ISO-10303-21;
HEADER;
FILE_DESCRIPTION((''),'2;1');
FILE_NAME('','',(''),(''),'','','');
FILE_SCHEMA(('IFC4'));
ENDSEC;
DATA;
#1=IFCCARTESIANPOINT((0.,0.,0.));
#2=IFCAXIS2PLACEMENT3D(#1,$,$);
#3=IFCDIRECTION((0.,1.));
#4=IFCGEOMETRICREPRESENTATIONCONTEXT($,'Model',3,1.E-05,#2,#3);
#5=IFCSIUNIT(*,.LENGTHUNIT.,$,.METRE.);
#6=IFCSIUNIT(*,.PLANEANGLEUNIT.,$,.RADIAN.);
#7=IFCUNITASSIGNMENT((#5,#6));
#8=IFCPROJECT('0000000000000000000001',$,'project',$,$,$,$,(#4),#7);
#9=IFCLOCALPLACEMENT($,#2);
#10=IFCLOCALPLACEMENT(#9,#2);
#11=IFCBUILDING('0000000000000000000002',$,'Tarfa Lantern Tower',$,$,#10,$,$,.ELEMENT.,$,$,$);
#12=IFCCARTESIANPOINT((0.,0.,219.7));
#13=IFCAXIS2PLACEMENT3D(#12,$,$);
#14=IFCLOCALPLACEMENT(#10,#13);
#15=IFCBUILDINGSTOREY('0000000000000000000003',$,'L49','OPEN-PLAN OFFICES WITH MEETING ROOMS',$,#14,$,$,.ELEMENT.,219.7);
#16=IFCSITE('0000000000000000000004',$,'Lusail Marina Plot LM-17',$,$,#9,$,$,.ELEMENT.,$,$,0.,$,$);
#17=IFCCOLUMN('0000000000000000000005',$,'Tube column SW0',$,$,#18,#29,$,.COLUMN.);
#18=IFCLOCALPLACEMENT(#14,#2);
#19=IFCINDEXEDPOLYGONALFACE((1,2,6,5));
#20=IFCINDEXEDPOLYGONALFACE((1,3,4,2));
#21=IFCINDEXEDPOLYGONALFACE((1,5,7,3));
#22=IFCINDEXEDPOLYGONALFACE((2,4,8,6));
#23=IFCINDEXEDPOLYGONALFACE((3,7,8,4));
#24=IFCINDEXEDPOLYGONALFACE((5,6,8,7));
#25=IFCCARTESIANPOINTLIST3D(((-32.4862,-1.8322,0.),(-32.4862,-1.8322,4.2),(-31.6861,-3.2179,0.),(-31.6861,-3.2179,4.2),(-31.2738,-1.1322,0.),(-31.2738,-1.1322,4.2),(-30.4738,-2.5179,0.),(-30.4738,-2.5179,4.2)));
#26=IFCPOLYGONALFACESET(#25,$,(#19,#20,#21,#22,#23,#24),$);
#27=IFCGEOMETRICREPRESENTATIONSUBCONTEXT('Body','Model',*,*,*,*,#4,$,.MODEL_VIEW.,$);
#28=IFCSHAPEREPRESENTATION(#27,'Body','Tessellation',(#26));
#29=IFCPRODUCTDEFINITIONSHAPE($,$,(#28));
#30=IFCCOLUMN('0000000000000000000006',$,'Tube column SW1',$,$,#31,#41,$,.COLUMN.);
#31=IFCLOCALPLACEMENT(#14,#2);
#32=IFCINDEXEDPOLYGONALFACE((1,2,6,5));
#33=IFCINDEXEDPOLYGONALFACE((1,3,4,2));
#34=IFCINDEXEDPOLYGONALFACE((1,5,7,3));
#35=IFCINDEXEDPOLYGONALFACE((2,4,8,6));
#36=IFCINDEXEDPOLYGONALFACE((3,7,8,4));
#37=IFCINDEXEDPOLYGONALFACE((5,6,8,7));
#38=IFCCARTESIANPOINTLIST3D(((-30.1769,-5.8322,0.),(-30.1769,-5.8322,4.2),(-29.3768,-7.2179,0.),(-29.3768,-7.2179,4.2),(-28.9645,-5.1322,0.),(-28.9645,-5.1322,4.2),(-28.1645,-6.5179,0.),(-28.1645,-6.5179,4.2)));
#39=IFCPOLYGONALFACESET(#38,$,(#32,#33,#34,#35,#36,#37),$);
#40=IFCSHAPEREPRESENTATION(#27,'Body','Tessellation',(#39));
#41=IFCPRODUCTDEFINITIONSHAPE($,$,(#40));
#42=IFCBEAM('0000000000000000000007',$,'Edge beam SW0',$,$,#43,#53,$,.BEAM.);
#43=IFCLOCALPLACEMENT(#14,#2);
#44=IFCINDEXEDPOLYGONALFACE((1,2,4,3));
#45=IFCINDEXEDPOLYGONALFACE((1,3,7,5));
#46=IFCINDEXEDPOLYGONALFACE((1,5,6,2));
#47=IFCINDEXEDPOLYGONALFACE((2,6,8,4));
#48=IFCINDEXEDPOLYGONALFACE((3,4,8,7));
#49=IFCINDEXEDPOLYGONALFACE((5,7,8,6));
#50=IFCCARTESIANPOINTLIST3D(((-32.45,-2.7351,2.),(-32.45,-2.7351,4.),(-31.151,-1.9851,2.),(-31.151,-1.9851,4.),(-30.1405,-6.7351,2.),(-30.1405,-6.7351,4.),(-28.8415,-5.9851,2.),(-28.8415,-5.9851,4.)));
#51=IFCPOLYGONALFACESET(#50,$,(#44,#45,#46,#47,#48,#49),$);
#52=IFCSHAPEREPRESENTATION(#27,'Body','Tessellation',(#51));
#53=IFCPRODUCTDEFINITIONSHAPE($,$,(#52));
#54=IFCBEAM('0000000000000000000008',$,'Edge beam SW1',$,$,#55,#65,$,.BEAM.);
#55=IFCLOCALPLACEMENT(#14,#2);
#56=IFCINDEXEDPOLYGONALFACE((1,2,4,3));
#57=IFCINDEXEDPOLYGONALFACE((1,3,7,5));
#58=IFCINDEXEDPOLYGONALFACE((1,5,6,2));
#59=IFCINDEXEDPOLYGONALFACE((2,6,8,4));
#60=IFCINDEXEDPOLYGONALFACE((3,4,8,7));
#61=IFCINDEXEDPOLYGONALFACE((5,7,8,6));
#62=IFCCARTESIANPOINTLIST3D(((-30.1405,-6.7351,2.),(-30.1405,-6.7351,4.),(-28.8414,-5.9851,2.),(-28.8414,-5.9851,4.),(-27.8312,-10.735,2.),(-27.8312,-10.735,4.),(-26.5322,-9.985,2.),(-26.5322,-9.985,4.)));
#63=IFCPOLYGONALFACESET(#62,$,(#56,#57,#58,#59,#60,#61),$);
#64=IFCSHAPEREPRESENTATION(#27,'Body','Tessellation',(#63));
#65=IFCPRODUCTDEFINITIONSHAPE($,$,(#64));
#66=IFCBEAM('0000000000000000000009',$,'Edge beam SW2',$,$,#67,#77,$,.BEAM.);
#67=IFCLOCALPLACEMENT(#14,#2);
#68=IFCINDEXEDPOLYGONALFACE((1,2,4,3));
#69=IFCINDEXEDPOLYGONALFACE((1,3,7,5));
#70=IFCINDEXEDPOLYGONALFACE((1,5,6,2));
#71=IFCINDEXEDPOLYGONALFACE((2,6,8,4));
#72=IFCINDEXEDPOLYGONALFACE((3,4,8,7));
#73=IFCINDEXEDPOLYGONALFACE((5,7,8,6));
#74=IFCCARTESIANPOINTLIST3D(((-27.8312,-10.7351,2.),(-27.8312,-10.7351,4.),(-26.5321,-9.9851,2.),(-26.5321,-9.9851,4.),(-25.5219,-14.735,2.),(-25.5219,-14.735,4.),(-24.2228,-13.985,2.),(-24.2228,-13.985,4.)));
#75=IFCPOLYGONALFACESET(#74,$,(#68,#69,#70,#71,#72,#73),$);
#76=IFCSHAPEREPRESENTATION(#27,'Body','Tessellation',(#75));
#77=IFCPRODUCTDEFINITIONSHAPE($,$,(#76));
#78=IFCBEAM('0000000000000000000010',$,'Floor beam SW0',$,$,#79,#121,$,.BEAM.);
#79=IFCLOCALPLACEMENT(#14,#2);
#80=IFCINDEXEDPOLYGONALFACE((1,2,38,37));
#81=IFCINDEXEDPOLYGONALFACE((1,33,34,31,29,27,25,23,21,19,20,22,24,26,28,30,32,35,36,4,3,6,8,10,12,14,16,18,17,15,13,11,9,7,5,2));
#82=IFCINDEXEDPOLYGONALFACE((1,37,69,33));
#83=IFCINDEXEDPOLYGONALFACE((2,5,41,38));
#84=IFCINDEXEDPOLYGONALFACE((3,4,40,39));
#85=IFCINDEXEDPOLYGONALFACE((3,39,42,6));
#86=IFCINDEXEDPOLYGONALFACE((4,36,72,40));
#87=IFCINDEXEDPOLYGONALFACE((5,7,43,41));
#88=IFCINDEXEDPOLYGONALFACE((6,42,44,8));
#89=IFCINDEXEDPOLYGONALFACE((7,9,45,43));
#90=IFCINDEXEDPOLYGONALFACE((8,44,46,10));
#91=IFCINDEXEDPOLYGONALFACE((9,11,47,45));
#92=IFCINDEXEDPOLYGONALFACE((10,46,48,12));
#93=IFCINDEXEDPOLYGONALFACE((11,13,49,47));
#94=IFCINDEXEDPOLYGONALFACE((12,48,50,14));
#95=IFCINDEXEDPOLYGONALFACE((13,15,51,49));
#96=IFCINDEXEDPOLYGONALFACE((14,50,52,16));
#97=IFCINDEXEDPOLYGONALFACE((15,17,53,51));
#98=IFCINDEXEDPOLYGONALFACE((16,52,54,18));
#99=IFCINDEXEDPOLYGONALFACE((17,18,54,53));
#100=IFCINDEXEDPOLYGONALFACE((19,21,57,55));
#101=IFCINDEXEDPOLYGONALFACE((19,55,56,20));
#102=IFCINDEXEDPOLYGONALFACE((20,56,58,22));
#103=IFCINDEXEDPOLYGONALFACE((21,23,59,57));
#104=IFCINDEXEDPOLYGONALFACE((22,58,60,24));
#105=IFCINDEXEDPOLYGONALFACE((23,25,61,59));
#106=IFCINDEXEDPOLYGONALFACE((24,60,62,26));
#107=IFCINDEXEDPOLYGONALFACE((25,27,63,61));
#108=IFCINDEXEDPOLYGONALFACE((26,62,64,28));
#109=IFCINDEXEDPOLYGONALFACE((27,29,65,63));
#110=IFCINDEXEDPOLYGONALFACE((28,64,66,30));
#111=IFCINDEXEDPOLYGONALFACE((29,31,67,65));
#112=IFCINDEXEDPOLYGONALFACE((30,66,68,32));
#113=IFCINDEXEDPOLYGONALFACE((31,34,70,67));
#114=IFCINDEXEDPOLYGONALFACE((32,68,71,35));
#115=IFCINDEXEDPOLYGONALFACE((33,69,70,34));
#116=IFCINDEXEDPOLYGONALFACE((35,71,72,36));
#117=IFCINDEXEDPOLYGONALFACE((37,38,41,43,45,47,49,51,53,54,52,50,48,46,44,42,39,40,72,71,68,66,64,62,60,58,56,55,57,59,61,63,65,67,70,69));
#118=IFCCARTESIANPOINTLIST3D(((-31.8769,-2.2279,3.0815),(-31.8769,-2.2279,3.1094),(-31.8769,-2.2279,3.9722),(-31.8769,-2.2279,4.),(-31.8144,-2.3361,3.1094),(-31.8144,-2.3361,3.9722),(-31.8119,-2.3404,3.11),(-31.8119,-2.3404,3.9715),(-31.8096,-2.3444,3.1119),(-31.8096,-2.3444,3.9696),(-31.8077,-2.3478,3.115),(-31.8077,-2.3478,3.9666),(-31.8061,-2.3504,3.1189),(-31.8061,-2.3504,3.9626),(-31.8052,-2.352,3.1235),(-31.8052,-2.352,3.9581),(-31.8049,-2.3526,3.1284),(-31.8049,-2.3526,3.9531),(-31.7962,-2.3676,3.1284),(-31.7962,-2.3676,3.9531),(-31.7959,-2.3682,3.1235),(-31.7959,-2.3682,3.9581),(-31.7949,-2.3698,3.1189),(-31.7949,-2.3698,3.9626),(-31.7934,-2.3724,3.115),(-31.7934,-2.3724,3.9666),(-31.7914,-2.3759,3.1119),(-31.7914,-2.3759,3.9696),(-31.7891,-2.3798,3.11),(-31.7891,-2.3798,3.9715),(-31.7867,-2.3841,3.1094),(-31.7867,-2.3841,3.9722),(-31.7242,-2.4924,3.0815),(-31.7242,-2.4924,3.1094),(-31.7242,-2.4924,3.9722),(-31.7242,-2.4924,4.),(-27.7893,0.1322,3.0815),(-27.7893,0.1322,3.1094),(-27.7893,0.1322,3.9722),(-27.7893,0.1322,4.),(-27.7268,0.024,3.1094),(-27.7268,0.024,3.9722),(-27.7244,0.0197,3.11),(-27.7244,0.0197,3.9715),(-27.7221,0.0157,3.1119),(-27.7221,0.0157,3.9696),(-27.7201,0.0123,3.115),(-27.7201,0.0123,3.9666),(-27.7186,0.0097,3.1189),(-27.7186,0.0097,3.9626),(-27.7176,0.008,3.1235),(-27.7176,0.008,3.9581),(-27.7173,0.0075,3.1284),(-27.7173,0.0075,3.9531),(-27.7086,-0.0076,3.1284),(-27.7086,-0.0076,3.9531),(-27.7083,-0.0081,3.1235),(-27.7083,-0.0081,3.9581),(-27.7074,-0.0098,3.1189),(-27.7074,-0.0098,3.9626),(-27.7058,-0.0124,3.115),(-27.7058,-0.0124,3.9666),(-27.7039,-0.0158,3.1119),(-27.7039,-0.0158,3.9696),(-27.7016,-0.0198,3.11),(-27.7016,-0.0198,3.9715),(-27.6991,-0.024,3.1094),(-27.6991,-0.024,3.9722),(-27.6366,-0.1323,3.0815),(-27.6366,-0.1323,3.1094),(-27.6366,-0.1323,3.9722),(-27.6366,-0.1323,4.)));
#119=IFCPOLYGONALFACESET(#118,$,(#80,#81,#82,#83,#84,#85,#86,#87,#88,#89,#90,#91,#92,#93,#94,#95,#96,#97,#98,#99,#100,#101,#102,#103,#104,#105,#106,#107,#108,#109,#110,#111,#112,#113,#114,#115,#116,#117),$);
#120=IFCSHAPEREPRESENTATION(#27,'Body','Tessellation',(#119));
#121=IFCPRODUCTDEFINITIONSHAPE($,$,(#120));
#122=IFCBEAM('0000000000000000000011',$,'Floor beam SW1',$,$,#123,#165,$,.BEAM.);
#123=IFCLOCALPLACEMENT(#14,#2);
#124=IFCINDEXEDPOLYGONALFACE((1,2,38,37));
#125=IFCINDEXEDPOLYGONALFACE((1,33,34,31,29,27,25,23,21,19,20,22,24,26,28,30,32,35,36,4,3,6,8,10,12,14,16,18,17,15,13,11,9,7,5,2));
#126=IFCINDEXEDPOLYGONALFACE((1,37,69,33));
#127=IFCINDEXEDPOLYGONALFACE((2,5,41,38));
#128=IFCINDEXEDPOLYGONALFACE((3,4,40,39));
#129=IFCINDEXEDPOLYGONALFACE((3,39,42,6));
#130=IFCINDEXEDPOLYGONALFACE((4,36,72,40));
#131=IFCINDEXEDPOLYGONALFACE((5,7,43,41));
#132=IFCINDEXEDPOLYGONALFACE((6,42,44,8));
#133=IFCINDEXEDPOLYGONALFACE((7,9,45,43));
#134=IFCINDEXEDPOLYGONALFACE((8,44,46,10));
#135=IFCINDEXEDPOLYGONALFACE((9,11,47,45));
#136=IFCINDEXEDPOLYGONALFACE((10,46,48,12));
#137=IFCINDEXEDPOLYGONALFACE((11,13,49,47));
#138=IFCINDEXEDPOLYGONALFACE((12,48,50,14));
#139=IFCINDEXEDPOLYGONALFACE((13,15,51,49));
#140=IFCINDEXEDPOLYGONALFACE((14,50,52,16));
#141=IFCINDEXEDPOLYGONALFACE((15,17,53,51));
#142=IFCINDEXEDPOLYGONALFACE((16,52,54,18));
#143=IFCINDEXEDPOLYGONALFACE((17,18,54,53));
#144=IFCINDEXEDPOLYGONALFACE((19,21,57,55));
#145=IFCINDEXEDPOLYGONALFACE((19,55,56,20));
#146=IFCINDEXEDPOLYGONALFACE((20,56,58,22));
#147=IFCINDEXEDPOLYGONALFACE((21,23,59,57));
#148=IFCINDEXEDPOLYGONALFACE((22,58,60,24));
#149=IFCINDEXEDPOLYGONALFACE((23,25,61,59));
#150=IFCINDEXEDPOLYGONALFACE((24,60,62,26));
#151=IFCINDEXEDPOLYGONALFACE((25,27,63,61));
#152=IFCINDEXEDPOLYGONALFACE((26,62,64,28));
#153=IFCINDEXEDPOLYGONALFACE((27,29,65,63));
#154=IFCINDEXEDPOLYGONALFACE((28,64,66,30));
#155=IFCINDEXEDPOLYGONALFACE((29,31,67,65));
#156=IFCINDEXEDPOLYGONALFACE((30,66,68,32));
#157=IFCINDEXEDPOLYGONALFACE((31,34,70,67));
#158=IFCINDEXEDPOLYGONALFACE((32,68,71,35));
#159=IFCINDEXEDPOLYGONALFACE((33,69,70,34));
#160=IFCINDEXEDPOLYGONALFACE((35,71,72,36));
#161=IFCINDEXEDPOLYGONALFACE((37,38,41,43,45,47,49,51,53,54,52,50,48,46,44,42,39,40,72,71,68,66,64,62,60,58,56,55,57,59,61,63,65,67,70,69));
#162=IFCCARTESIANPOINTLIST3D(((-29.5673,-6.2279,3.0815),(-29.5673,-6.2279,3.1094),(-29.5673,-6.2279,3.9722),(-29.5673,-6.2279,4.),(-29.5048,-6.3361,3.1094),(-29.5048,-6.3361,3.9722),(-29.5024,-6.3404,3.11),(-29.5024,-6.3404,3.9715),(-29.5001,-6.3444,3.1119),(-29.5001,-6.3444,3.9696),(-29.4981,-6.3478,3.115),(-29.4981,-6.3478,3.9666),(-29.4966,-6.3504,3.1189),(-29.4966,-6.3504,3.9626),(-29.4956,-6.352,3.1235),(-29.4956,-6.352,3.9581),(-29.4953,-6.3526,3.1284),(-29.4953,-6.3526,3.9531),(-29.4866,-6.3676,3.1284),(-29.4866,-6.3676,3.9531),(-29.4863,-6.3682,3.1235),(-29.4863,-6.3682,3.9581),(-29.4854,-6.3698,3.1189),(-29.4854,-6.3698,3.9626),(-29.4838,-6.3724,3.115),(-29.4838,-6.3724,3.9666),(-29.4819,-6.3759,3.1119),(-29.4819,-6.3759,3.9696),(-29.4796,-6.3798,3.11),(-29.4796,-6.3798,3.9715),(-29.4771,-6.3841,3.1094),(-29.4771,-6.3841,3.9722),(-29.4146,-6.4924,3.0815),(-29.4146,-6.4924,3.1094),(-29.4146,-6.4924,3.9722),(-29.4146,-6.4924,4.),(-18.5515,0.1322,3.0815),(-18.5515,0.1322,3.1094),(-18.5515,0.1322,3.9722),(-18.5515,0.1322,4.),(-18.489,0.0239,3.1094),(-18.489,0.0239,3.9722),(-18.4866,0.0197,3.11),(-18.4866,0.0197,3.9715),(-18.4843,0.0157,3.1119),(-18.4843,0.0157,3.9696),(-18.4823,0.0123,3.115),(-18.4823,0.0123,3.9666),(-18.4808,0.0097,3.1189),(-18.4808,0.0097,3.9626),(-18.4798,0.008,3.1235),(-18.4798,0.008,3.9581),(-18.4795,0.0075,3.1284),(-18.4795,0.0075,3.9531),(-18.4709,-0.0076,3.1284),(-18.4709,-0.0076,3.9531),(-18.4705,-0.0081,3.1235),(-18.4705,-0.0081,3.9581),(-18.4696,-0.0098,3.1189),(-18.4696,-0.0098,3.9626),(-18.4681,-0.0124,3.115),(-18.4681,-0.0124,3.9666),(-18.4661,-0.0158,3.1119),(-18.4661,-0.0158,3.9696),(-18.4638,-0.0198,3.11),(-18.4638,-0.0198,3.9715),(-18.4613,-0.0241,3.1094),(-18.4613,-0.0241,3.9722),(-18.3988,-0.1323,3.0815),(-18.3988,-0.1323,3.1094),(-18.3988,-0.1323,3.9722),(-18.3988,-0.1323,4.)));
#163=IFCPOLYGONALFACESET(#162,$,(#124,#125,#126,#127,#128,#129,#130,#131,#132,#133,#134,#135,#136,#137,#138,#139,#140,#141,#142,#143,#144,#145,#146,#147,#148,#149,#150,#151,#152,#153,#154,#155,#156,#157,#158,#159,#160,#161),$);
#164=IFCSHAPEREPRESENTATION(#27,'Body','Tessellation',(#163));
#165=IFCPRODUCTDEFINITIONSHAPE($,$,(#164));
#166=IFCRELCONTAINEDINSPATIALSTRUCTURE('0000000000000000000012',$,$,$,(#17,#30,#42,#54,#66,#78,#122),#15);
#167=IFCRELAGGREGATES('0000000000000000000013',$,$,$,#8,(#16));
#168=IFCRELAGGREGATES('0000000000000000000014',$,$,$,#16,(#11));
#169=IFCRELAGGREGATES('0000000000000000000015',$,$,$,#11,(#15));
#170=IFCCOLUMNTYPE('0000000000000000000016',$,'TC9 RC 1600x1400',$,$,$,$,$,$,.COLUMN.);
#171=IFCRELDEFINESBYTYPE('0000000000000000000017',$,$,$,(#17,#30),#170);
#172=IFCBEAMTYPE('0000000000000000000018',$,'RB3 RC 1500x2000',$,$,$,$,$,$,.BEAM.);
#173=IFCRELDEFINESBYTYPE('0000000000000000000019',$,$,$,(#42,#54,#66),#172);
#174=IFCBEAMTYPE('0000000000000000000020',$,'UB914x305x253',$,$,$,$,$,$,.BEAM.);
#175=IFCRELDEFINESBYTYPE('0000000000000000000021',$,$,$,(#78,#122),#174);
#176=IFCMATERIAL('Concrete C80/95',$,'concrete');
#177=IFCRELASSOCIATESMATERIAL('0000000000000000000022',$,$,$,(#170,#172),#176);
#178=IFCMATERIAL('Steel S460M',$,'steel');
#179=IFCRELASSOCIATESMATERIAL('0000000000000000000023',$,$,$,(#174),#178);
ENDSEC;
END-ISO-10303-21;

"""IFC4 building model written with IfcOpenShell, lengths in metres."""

from ifc_helpers import new_model, si_unit, direction, frame, origin, origin_2d, place, context, subcontext, project, spatial, rectangle, i_section, extrude, material, material_profile, profile_set, type_object, element, save


model = new_model("IFC4")

# Units and contexts
model_context = context("Model", 3, precision=1e-05, world=origin(), true_north=direction((0.0, 1.0)))
body_context = subcontext(model_context, "Body", "Model", "MODEL_VIEW")
ifc_project = project(units=[si_unit("LENGTHUNIT", "METRE"), si_unit("PLANEANGLEUNIT", "RADIAN")], contexts=[model_context])

# Site, building, storey
site_placement = place(None, origin())
site = spatial("IfcSite", under=ifc_project, at=site_placement, Name="Lusail Marina Plot LM-17", CompositionType="ELEMENT", RefElevation=0.0)
building_placement = place(site_placement, origin())
building = spatial("IfcBuilding", under=site, at=building_placement, Name="Tarfa Lantern Tower", CompositionType="ELEMENT")
storey_placement = place(building_placement, frame((0.0, 0.0, 219.7)))
storey = spatial("IfcBuildingStorey", under=building, at=storey_placement, Name="L49", Description="OPEN-PLAN OFFICES WITH MEETING ROOMS", CompositionType="ELEMENT", Elevation=219.7)

# Columns
ifc_material_1 = material(Name="Concrete C80/95", Category="concrete")
ifc_material_profile_1 = material_profile(ifc_material_1, rectangle(XDim=1.6001, YDim=1.3999, at=origin_2d()), Name="RC 1600x1400")
ifc_profile_set_1 = profile_set([ifc_material_profile_1], Name="Concrete C80/95")
column_type = type_object("IfcColumnType", Name="TC9 RC 1600x1400", PredefinedType="COLUMN", material=ifc_profile_set_1)
for number, where, z_axis, x_axis, name in (
    (1, (-31.48, -2.175, 0.0), (0.0, 0.0, 1.0), (0.5, -0.866025, 0.0), "Tube column SW0"),
    (2, (-29.1707, -6.175, 0.0), (0.0, 0.0, 1.0), (0.5, -0.866025, 0.0), "Tube column SW1"),
):
    element("IfcColumn", number, at=place(storey_placement, frame(where, z_axis=z_axis, x_axis=x_axis)), inside=storey, type_object=column_type, Name=name, PredefinedType="COLUMN", context=body_context, shape_type="SweptSolid", body=[
        extrude(rectangle(XDim=1.6001, YDim=1.3999, at=origin_2d()), origin(), (0.0, 0.0, 1.0), 4.2),
    ])

# Beams
ifc_material_profile_2 = material_profile(ifc_material_1, rectangle(XDim=1.5, YDim=2.0, at=origin_2d()), Name="RC 1500x2000")
ifc_profile_set_2 = profile_set([ifc_material_profile_2], Name="Concrete C80/95")
beam_type_1 = type_object("IfcBeamType", Name="RB3 RC 1500x2000", PredefinedType="BEAM", material=ifc_profile_set_2)
beam_1_placement = place(storey_placement, frame((-31.8005, -2.3601, 3.0), z_axis=(0.500027, -0.86601, 0.0), x_axis=(0.86601, 0.500027, 0.0)))
element("IfcBeam", 3, at=beam_1_placement, inside=storey, type_object=beam_type_1, Name="Edge beam SW0", PredefinedType="BEAM", context=body_context, shape_type="SweptSolid", body=[
    extrude(rectangle(XDim=1.5, YDim=2.0, at=origin_2d()), origin(), (0.0, 0.0, 1.0), 4.6189),
])
for number, where, z_axis, x_axis, name in (
    (4, (-29.491, -6.3601, 3.0), (0.499988, -0.866032, 0.0), (0.866032, 0.499988, 0.0), "Edge beam SW1"),
    (5, (-27.1816, -10.3601, 3.0), (0.499988, -0.866032, 0.0), (0.866032, 0.499988, 0.0), "Edge beam SW2"),
):
    element("IfcBeam", number, at=place(storey_placement, frame(where, z_axis=z_axis, x_axis=x_axis)), inside=storey, type_object=beam_type_1, Name=name, PredefinedType="BEAM", context=body_context, shape_type="SweptSolid", body=[
        extrude(rectangle(XDim=1.5, YDim=2.0, at=origin_2d()), origin(), (0.0, 0.0, 1.0), 4.6187),
    ])
ifc_material_2 = material(Name="Steel S460M", Category="steel")
ifc_material_profile_3 = material_profile(ifc_material_2, i_section(OverallWidth=0.3054, OverallDepth=0.9185, WebThickness=0.0173, FlangeThickness=0.0278, FilletRadius=0.019, at=origin_2d()), Name="UB914x305x253")
ifc_profile_set_3 = profile_set([ifc_material_profile_3], Name="Steel S460M")
beam_type_2 = type_object("IfcBeamType", Name="UB914x305x253", PredefinedType="BEAM", material=ifc_profile_set_3)
beam_2_placement = place(storey_placement, frame((-31.8005, -2.3601, 3.5408), z_axis=(0.866016, 0.500016, 0.0), x_axis=(-0.500016, 0.866016, 0.0)))
element("IfcBeam", 6, at=beam_2_placement, inside=storey, type_object=beam_type_2, Name="Floor beam SW0", PredefinedType="BEAM", context=body_context, shape_type="SweptSolid", body=[
    extrude(i_section(OverallWidth=0.3054, OverallDepth=0.9185, WebThickness=0.0173, FlangeThickness=0.0278, FilletRadius=0.019, at=origin_2d()), origin(), (0.0, 0.0, 1.0), 4.72),
])
beam_3_placement = place(storey_placement, frame((-29.491, -6.3601, 3.5408), z_axis=(0.866022, 0.500005, 0.0), x_axis=(-0.500005, 0.866022, 0.0)))
element("IfcBeam", 7, at=beam_3_placement, inside=storey, type_object=beam_type_2, Name="Floor beam SW1", PredefinedType="BEAM", context=body_context, shape_type="SweptSolid", body=[
    extrude(i_section(OverallWidth=0.3054, OverallDepth=0.9185, WebThickness=0.0173, FlangeThickness=0.0278, FilletRadius=0.019, at=origin_2d()), origin(), (0.0, 0.0, 1.0), 12.72),
])

save(model, "model.ifc")
